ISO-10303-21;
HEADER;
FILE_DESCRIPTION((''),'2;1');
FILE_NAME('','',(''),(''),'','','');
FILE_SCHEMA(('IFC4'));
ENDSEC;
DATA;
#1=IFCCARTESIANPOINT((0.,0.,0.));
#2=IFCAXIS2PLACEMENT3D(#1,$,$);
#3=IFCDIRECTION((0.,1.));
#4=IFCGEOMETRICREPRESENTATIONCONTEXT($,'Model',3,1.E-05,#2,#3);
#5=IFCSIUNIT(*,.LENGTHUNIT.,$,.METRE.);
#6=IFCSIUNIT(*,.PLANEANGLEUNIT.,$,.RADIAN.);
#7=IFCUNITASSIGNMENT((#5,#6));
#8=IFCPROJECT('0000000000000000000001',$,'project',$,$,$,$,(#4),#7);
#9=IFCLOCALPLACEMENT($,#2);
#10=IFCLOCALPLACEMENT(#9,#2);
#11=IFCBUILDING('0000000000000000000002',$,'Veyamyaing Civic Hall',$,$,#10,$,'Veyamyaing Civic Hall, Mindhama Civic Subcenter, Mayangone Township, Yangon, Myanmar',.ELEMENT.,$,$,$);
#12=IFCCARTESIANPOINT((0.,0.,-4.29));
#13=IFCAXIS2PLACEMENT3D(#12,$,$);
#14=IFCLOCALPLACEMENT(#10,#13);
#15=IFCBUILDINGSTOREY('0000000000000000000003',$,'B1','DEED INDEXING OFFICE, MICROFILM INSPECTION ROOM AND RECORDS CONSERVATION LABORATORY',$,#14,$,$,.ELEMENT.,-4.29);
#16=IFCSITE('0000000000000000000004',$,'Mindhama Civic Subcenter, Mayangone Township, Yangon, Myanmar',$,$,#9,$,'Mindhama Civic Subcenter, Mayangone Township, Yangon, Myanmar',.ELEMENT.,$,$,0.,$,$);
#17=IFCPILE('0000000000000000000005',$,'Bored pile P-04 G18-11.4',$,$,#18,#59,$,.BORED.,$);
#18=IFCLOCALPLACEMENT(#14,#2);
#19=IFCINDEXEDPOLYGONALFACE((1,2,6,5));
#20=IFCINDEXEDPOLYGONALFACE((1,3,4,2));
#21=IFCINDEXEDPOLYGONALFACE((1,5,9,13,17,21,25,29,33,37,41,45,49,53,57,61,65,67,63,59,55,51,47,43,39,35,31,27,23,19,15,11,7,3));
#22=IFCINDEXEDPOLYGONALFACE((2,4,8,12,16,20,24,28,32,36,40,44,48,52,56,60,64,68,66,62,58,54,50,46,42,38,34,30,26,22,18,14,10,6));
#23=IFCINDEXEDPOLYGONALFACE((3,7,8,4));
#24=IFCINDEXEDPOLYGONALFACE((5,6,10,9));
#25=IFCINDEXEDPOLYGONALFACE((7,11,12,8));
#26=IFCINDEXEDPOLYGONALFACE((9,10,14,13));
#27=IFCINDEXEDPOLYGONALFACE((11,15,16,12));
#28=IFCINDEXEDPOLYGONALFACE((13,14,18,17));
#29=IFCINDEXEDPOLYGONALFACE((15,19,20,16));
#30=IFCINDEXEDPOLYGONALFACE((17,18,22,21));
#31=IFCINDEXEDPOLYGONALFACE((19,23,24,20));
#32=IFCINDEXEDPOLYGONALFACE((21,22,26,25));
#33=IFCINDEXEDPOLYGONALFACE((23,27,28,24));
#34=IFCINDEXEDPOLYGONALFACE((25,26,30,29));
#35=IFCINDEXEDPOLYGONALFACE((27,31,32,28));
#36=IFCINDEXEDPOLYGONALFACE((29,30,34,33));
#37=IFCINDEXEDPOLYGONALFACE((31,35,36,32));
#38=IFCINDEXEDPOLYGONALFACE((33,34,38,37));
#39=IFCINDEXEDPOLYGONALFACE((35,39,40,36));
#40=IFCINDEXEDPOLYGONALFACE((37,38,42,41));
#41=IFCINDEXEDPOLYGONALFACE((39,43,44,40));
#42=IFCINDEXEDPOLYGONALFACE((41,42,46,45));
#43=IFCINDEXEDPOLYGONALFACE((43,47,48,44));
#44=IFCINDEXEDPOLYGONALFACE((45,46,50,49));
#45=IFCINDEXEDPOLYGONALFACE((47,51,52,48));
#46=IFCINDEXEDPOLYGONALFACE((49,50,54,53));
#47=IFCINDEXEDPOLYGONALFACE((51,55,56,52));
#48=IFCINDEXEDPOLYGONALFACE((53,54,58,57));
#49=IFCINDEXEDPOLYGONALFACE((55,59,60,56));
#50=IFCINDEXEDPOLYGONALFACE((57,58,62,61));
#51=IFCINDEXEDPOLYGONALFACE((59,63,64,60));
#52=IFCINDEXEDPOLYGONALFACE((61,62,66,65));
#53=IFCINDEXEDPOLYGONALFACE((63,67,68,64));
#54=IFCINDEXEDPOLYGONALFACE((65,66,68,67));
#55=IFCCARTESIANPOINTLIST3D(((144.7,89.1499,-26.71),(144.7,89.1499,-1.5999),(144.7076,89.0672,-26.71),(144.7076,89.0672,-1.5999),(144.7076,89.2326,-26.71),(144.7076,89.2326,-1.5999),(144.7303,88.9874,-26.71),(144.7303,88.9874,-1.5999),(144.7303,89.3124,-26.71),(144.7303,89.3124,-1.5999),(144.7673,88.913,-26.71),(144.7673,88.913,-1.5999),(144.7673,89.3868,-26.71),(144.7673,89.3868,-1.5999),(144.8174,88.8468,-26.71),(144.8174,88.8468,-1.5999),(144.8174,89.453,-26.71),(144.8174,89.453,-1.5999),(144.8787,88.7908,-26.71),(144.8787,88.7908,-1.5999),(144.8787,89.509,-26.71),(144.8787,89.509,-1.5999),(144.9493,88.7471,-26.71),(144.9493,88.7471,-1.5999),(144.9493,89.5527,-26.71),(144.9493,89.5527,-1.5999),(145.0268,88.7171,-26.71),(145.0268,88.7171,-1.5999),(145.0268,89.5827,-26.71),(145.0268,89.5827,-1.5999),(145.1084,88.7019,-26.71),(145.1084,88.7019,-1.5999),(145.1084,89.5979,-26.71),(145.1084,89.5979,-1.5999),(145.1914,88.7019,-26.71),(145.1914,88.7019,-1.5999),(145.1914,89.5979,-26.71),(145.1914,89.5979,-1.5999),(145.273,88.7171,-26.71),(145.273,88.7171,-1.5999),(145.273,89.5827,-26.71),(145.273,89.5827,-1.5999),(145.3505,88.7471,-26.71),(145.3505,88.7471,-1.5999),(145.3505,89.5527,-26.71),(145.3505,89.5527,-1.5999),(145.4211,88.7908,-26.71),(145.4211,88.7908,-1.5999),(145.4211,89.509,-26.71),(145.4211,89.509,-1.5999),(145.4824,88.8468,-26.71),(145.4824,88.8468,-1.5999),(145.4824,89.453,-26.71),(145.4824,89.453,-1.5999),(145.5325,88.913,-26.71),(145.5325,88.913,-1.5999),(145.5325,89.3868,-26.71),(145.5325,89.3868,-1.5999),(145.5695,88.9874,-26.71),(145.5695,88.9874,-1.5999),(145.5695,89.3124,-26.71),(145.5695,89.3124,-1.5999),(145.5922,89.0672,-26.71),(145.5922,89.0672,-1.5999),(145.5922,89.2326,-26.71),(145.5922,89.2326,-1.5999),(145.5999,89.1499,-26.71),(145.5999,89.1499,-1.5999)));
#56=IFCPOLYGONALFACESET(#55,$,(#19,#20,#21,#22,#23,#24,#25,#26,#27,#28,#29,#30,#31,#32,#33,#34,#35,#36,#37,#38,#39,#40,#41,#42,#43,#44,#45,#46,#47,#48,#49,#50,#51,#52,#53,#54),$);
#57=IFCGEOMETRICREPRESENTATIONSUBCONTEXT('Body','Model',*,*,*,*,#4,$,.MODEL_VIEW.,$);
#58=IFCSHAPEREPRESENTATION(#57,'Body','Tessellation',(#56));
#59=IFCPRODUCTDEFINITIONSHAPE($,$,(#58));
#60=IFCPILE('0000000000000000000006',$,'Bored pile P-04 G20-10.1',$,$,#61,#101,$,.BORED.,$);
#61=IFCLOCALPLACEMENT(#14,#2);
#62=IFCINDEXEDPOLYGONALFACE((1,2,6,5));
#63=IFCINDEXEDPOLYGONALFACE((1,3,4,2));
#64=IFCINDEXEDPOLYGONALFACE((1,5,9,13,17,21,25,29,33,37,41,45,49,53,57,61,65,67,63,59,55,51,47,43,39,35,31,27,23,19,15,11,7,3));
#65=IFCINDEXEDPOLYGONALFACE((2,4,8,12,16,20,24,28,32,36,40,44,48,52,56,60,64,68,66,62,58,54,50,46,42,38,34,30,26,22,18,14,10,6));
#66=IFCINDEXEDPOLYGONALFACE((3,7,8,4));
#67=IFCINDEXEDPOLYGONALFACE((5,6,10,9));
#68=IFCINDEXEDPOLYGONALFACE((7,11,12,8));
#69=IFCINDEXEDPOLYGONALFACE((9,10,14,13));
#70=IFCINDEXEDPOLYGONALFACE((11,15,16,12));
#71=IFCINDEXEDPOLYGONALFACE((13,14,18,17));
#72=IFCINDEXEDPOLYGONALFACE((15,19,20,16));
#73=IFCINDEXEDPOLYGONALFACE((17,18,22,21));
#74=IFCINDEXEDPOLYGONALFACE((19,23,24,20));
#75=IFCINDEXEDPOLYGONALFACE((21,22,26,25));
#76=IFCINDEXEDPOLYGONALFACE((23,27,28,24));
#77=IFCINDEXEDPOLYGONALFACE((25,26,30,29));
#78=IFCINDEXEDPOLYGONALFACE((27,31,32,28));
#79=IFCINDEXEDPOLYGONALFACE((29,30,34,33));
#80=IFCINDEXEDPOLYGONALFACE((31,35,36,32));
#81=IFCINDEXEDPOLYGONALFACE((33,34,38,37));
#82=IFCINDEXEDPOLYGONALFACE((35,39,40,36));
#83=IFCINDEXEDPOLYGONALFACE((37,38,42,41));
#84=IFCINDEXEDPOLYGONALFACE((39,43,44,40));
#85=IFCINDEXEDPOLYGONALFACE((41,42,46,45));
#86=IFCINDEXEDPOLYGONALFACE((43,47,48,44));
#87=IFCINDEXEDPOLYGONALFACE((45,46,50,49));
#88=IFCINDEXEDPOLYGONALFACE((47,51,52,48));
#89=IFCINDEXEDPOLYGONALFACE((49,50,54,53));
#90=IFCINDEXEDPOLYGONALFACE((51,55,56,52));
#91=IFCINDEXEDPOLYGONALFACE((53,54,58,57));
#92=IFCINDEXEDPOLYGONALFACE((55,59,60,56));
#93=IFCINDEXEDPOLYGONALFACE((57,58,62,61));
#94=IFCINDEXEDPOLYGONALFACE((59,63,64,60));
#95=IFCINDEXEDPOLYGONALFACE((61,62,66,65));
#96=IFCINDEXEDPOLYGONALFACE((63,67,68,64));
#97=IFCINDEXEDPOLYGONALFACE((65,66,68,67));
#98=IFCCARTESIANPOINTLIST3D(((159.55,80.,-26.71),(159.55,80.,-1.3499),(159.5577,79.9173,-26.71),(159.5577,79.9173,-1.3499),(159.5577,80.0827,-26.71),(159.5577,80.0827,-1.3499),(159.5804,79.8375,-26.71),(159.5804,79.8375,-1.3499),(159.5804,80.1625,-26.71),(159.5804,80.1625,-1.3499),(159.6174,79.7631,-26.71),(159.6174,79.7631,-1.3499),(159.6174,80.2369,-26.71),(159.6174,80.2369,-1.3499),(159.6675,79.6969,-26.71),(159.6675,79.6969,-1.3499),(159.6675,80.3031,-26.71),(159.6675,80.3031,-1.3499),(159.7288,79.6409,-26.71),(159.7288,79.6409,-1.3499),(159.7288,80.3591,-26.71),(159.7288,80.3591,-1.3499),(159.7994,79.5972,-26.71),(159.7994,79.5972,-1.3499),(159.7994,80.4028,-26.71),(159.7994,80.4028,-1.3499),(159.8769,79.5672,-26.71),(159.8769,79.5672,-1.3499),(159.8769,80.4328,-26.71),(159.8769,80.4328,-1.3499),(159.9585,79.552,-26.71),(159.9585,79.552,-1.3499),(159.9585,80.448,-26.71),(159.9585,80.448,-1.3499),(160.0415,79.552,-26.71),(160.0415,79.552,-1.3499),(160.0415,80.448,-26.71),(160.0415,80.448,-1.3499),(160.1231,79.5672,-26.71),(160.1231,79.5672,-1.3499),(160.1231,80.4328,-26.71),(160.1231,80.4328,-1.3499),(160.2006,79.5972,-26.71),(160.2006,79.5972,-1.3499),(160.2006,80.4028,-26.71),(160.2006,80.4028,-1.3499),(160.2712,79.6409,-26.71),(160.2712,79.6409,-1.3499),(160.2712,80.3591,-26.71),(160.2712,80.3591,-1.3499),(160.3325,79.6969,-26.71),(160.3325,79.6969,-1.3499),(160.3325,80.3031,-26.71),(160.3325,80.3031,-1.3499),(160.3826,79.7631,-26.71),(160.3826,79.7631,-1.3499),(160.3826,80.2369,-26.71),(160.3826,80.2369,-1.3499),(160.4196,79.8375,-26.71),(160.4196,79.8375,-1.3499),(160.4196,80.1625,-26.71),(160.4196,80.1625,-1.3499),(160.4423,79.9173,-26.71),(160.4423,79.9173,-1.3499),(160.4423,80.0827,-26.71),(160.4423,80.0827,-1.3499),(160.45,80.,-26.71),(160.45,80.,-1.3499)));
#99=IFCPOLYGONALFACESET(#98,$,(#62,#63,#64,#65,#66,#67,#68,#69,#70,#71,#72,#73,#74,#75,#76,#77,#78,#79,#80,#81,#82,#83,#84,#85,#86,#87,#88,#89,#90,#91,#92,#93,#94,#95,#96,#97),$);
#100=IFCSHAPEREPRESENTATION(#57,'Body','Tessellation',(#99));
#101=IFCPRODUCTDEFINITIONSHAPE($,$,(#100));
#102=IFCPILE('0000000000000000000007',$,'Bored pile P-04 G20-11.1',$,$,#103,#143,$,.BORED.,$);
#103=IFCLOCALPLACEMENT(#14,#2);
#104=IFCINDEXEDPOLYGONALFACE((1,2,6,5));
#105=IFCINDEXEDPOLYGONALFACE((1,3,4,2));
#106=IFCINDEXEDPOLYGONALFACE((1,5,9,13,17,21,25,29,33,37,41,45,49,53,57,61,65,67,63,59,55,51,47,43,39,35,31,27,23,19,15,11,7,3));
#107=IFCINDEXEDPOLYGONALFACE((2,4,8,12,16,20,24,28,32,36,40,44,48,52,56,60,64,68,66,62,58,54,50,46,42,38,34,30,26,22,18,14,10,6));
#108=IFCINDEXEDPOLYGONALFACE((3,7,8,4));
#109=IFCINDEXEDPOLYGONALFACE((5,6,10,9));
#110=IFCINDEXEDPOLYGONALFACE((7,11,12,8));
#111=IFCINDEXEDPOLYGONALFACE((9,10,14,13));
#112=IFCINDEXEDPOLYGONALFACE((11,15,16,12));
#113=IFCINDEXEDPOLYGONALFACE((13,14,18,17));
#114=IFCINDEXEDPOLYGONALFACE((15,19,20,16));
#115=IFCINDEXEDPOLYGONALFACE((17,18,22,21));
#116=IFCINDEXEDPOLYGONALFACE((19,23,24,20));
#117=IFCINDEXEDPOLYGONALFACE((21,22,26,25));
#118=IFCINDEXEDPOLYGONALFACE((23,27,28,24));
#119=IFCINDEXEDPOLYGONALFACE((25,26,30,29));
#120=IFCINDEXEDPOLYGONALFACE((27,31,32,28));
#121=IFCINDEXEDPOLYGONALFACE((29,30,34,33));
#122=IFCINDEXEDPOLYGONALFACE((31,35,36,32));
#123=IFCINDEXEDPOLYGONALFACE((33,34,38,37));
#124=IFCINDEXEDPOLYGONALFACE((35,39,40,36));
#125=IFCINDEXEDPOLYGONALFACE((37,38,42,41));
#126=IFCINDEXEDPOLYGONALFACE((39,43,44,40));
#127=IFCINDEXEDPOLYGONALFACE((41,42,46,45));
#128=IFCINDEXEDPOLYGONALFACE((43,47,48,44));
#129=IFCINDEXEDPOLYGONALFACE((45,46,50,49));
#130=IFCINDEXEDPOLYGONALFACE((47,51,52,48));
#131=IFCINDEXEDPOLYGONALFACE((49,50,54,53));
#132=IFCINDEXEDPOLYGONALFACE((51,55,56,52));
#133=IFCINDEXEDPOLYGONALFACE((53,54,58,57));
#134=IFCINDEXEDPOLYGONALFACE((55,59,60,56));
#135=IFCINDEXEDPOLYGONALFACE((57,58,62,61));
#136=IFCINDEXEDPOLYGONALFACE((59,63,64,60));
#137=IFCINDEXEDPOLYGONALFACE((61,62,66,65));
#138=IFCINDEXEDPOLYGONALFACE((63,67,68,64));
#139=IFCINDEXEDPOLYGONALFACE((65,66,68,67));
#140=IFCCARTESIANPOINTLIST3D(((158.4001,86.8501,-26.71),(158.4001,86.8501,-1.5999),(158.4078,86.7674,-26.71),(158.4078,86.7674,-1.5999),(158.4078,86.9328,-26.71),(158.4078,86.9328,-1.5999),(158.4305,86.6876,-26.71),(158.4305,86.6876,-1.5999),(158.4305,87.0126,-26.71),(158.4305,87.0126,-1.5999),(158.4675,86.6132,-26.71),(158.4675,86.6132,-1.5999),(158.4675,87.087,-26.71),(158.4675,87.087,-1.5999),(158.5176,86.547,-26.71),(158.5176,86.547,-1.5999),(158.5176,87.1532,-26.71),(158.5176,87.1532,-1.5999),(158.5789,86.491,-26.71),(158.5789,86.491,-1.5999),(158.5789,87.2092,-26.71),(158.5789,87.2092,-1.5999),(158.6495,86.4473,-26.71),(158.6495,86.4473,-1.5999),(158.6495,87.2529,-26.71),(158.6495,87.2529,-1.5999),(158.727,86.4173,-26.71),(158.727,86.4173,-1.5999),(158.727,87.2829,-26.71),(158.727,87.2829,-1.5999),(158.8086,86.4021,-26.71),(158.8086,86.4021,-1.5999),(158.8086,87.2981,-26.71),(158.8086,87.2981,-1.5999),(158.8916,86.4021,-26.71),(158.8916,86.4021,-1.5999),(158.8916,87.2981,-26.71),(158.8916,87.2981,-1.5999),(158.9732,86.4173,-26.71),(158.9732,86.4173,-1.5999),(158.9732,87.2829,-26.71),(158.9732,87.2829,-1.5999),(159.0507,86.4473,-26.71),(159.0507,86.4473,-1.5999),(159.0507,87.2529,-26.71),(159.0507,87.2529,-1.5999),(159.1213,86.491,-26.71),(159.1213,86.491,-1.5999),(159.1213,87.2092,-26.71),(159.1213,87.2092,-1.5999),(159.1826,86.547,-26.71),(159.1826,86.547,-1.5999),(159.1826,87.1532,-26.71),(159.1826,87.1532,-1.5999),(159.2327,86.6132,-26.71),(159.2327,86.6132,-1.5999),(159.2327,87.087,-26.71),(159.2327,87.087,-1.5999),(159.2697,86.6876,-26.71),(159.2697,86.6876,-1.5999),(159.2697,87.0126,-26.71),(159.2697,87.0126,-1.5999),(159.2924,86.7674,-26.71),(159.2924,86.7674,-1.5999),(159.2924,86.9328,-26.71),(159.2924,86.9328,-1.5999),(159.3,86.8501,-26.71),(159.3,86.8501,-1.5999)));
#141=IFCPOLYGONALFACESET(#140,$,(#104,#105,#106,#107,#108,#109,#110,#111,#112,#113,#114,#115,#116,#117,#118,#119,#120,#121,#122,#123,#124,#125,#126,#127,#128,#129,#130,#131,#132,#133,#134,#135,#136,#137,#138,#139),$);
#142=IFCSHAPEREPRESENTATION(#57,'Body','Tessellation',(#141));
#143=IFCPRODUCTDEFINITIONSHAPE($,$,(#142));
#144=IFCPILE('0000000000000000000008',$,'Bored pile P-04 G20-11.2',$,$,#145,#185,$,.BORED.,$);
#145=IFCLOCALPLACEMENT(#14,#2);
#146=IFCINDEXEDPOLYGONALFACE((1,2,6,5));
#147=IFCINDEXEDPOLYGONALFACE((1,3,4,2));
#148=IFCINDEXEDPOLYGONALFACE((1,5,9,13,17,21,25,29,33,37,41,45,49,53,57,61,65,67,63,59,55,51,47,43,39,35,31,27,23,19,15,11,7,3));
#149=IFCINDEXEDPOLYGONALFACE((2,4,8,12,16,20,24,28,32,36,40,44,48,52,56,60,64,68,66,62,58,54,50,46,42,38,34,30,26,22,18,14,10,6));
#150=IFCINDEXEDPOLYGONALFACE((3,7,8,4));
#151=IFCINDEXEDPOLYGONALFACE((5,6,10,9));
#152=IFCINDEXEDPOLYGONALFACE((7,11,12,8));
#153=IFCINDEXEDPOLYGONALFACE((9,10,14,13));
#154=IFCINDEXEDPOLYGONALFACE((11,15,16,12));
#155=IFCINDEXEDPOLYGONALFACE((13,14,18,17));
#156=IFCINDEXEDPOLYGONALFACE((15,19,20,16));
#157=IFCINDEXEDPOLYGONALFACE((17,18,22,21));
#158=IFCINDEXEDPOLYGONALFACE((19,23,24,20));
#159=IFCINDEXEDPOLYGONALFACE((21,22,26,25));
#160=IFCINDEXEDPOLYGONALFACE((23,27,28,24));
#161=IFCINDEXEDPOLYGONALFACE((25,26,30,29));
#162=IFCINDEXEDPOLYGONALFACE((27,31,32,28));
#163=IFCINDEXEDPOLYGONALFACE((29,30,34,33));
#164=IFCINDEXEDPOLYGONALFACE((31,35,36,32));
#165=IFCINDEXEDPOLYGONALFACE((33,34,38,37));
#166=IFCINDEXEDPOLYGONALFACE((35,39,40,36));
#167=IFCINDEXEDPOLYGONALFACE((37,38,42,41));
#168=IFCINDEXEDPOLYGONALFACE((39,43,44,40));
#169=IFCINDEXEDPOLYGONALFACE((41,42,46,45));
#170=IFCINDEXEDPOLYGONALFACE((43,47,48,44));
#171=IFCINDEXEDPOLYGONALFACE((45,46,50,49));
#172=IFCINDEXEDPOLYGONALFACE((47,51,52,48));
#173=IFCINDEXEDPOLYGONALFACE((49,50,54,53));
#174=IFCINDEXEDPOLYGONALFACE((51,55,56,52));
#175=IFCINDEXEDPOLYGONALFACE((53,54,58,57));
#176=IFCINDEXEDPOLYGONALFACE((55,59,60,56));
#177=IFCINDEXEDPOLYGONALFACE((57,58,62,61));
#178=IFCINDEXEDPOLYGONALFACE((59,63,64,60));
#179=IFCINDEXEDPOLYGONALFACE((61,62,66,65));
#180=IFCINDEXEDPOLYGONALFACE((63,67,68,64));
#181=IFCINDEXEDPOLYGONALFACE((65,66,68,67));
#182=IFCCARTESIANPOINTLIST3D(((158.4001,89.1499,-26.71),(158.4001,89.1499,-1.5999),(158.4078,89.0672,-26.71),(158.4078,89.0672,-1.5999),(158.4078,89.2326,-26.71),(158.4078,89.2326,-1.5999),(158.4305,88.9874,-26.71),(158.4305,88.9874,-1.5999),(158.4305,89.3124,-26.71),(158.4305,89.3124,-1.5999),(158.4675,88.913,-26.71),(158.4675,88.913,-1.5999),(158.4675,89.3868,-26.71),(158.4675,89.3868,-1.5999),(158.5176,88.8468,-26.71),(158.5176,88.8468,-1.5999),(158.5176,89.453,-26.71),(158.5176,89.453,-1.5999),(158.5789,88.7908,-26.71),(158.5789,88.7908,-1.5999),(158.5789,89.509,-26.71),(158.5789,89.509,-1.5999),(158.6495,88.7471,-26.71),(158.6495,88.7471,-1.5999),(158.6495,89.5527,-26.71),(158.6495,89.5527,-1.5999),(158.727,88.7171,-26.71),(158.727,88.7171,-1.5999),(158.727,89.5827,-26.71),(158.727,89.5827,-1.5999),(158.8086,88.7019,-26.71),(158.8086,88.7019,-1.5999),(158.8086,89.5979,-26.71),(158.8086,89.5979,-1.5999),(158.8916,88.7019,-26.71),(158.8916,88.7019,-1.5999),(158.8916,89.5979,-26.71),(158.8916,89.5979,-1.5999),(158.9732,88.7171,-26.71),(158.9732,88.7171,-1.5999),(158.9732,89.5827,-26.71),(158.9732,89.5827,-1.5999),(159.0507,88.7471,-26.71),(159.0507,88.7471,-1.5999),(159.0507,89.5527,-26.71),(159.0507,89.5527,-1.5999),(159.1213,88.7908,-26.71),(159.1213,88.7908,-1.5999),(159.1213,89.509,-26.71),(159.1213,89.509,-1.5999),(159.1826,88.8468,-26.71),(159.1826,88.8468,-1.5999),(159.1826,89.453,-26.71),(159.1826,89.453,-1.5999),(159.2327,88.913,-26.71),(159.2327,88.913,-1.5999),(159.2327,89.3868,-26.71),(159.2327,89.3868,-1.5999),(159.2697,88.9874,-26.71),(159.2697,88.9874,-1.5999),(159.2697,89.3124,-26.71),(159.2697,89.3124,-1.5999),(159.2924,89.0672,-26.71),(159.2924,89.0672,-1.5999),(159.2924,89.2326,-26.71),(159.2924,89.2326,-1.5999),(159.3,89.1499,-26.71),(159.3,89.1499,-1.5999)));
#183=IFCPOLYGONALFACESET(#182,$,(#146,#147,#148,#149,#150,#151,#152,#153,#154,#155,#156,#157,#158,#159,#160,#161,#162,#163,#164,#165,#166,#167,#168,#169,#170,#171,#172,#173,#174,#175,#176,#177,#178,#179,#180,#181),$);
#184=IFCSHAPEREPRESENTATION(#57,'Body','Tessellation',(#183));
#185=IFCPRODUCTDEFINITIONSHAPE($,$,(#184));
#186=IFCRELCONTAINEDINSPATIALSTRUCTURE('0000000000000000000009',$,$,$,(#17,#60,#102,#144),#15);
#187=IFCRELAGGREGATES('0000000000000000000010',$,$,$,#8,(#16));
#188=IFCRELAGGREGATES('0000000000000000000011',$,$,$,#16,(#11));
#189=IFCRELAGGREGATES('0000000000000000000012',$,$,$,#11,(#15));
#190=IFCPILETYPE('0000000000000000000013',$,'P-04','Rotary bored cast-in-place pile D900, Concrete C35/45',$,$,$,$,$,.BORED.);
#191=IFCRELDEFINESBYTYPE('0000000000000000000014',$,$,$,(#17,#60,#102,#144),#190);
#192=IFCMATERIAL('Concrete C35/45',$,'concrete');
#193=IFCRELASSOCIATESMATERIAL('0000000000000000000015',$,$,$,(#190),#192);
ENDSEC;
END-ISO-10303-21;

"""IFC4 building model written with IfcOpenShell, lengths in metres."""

from ifc_helpers import new_model, si_unit, direction, frame, origin, origin_2d, place, context, subcontext, project, spatial, circle, extrude, material, material_profile, profile_set, type_object, element, save


model = new_model("IFC4")

# Units and contexts
model_context = context("Model", 3, precision=1e-05, world=origin(), true_north=direction((0.0, 1.0)))
body_context = subcontext(model_context, "Body", "Model", "MODEL_VIEW")
ifc_project = project(units=[si_unit("LENGTHUNIT", "METRE"), si_unit("PLANEANGLEUNIT", "RADIAN")], contexts=[model_context])

# Site, building, storey
site_placement = place(None, origin())
site = spatial("IfcSite", under=ifc_project, at=site_placement, Name="Mindhama Civic Subcenter, Mayangone Township, Yangon, Myanmar", LongName="Mindhama Civic Subcenter, Mayangone Township, Yangon, Myanmar", CompositionType="ELEMENT", RefElevation=0.0)
building_placement = place(site_placement, origin())
building = spatial("IfcBuilding", under=site, at=building_placement, Name="Veyamyaing Civic Hall", LongName="Veyamyaing Civic Hall, Mindhama Civic Subcenter, Mayangone Township, Yangon, Myanmar", CompositionType="ELEMENT")
storey_placement = place(building_placement, frame((0.0, 0.0, -4.29)))
storey = spatial("IfcBuildingStorey", under=building, at=storey_placement, Name="B1", Description="DEED INDEXING OFFICE, MICROFILM INSPECTION ROOM AND RECORDS CONSERVATION LABORATORY", CompositionType="ELEMENT", Elevation=-4.29)

# Piles
ifc_material_1 = material(Name="Concrete C35/45", Category="concrete")
ifc_material_profile_1 = material_profile(ifc_material_1, circle(Radius=0.45, at=origin_2d()), Name="PILE-D900")
ifc_profile_set_1 = profile_set([ifc_material_profile_1], Name="Concrete C35/45")
pile_type_1 = type_object("IfcPileType", Name="P-04", Description="Rotary bored cast-in-place pile D900, Concrete C35/45", PredefinedType="BORED", material=ifc_profile_set_1)
for number, where, z_axis, x_axis, name in (
    (1, (145.1499, 89.1499, -1.5999), (0.0, 0.0, -1.0), (1.0, 0.0, 0.0), "Bored pile P-04 G18-11.4"),
):
    element("IfcPile", number, at=place(storey_placement, frame(where, z_axis=z_axis, x_axis=x_axis)), inside=storey, type_object=pile_type_1, Name=name, PredefinedType="BORED", context=body_context, shape_type="SweptSolid", body=[
        extrude(circle(Radius=0.45, at=origin_2d()), origin(), (0.0, 0.0, 1.0), 25.1101),
    ])
pile_1_placement = place(storey_placement, frame((160.0, 80.0, -1.3499), z_axis=(0.0, 0.0, -1.0), x_axis=(1.0, 0.0, 0.0)))
element("IfcPile", 2, at=pile_1_placement, inside=storey, type_object=pile_type_1, Name="Bored pile P-04 G20-10.1", PredefinedType="BORED", context=body_context, shape_type="SweptSolid", body=[
    extrude(circle(Radius=0.45, at=origin_2d()), origin(), (0.0, 0.0, 1.0), 25.3601),
])
for number, where, z_axis, x_axis, name in (
    (3, (158.8501, 86.8501, -1.5999), (0.0, 0.0, -1.0), (1.0, 0.0, 0.0), "Bored pile P-04 G20-11.1"),
    (4, (158.8501, 89.1499, -1.5999), (0.0, 0.0, -1.0), (1.0, 0.0, 0.0), "Bored pile P-04 G20-11.2"),
):
    element("IfcPile", number, at=place(storey_placement, frame(where, z_axis=z_axis, x_axis=x_axis)), inside=storey, type_object=pile_type_1, Name=name, PredefinedType="BORED", context=body_context, shape_type="SweptSolid", body=[
        extrude(circle(Radius=0.45, at=origin_2d()), origin(), (0.0, 0.0, 1.0), 25.1101),
    ])

save(model, "model.ifc")
